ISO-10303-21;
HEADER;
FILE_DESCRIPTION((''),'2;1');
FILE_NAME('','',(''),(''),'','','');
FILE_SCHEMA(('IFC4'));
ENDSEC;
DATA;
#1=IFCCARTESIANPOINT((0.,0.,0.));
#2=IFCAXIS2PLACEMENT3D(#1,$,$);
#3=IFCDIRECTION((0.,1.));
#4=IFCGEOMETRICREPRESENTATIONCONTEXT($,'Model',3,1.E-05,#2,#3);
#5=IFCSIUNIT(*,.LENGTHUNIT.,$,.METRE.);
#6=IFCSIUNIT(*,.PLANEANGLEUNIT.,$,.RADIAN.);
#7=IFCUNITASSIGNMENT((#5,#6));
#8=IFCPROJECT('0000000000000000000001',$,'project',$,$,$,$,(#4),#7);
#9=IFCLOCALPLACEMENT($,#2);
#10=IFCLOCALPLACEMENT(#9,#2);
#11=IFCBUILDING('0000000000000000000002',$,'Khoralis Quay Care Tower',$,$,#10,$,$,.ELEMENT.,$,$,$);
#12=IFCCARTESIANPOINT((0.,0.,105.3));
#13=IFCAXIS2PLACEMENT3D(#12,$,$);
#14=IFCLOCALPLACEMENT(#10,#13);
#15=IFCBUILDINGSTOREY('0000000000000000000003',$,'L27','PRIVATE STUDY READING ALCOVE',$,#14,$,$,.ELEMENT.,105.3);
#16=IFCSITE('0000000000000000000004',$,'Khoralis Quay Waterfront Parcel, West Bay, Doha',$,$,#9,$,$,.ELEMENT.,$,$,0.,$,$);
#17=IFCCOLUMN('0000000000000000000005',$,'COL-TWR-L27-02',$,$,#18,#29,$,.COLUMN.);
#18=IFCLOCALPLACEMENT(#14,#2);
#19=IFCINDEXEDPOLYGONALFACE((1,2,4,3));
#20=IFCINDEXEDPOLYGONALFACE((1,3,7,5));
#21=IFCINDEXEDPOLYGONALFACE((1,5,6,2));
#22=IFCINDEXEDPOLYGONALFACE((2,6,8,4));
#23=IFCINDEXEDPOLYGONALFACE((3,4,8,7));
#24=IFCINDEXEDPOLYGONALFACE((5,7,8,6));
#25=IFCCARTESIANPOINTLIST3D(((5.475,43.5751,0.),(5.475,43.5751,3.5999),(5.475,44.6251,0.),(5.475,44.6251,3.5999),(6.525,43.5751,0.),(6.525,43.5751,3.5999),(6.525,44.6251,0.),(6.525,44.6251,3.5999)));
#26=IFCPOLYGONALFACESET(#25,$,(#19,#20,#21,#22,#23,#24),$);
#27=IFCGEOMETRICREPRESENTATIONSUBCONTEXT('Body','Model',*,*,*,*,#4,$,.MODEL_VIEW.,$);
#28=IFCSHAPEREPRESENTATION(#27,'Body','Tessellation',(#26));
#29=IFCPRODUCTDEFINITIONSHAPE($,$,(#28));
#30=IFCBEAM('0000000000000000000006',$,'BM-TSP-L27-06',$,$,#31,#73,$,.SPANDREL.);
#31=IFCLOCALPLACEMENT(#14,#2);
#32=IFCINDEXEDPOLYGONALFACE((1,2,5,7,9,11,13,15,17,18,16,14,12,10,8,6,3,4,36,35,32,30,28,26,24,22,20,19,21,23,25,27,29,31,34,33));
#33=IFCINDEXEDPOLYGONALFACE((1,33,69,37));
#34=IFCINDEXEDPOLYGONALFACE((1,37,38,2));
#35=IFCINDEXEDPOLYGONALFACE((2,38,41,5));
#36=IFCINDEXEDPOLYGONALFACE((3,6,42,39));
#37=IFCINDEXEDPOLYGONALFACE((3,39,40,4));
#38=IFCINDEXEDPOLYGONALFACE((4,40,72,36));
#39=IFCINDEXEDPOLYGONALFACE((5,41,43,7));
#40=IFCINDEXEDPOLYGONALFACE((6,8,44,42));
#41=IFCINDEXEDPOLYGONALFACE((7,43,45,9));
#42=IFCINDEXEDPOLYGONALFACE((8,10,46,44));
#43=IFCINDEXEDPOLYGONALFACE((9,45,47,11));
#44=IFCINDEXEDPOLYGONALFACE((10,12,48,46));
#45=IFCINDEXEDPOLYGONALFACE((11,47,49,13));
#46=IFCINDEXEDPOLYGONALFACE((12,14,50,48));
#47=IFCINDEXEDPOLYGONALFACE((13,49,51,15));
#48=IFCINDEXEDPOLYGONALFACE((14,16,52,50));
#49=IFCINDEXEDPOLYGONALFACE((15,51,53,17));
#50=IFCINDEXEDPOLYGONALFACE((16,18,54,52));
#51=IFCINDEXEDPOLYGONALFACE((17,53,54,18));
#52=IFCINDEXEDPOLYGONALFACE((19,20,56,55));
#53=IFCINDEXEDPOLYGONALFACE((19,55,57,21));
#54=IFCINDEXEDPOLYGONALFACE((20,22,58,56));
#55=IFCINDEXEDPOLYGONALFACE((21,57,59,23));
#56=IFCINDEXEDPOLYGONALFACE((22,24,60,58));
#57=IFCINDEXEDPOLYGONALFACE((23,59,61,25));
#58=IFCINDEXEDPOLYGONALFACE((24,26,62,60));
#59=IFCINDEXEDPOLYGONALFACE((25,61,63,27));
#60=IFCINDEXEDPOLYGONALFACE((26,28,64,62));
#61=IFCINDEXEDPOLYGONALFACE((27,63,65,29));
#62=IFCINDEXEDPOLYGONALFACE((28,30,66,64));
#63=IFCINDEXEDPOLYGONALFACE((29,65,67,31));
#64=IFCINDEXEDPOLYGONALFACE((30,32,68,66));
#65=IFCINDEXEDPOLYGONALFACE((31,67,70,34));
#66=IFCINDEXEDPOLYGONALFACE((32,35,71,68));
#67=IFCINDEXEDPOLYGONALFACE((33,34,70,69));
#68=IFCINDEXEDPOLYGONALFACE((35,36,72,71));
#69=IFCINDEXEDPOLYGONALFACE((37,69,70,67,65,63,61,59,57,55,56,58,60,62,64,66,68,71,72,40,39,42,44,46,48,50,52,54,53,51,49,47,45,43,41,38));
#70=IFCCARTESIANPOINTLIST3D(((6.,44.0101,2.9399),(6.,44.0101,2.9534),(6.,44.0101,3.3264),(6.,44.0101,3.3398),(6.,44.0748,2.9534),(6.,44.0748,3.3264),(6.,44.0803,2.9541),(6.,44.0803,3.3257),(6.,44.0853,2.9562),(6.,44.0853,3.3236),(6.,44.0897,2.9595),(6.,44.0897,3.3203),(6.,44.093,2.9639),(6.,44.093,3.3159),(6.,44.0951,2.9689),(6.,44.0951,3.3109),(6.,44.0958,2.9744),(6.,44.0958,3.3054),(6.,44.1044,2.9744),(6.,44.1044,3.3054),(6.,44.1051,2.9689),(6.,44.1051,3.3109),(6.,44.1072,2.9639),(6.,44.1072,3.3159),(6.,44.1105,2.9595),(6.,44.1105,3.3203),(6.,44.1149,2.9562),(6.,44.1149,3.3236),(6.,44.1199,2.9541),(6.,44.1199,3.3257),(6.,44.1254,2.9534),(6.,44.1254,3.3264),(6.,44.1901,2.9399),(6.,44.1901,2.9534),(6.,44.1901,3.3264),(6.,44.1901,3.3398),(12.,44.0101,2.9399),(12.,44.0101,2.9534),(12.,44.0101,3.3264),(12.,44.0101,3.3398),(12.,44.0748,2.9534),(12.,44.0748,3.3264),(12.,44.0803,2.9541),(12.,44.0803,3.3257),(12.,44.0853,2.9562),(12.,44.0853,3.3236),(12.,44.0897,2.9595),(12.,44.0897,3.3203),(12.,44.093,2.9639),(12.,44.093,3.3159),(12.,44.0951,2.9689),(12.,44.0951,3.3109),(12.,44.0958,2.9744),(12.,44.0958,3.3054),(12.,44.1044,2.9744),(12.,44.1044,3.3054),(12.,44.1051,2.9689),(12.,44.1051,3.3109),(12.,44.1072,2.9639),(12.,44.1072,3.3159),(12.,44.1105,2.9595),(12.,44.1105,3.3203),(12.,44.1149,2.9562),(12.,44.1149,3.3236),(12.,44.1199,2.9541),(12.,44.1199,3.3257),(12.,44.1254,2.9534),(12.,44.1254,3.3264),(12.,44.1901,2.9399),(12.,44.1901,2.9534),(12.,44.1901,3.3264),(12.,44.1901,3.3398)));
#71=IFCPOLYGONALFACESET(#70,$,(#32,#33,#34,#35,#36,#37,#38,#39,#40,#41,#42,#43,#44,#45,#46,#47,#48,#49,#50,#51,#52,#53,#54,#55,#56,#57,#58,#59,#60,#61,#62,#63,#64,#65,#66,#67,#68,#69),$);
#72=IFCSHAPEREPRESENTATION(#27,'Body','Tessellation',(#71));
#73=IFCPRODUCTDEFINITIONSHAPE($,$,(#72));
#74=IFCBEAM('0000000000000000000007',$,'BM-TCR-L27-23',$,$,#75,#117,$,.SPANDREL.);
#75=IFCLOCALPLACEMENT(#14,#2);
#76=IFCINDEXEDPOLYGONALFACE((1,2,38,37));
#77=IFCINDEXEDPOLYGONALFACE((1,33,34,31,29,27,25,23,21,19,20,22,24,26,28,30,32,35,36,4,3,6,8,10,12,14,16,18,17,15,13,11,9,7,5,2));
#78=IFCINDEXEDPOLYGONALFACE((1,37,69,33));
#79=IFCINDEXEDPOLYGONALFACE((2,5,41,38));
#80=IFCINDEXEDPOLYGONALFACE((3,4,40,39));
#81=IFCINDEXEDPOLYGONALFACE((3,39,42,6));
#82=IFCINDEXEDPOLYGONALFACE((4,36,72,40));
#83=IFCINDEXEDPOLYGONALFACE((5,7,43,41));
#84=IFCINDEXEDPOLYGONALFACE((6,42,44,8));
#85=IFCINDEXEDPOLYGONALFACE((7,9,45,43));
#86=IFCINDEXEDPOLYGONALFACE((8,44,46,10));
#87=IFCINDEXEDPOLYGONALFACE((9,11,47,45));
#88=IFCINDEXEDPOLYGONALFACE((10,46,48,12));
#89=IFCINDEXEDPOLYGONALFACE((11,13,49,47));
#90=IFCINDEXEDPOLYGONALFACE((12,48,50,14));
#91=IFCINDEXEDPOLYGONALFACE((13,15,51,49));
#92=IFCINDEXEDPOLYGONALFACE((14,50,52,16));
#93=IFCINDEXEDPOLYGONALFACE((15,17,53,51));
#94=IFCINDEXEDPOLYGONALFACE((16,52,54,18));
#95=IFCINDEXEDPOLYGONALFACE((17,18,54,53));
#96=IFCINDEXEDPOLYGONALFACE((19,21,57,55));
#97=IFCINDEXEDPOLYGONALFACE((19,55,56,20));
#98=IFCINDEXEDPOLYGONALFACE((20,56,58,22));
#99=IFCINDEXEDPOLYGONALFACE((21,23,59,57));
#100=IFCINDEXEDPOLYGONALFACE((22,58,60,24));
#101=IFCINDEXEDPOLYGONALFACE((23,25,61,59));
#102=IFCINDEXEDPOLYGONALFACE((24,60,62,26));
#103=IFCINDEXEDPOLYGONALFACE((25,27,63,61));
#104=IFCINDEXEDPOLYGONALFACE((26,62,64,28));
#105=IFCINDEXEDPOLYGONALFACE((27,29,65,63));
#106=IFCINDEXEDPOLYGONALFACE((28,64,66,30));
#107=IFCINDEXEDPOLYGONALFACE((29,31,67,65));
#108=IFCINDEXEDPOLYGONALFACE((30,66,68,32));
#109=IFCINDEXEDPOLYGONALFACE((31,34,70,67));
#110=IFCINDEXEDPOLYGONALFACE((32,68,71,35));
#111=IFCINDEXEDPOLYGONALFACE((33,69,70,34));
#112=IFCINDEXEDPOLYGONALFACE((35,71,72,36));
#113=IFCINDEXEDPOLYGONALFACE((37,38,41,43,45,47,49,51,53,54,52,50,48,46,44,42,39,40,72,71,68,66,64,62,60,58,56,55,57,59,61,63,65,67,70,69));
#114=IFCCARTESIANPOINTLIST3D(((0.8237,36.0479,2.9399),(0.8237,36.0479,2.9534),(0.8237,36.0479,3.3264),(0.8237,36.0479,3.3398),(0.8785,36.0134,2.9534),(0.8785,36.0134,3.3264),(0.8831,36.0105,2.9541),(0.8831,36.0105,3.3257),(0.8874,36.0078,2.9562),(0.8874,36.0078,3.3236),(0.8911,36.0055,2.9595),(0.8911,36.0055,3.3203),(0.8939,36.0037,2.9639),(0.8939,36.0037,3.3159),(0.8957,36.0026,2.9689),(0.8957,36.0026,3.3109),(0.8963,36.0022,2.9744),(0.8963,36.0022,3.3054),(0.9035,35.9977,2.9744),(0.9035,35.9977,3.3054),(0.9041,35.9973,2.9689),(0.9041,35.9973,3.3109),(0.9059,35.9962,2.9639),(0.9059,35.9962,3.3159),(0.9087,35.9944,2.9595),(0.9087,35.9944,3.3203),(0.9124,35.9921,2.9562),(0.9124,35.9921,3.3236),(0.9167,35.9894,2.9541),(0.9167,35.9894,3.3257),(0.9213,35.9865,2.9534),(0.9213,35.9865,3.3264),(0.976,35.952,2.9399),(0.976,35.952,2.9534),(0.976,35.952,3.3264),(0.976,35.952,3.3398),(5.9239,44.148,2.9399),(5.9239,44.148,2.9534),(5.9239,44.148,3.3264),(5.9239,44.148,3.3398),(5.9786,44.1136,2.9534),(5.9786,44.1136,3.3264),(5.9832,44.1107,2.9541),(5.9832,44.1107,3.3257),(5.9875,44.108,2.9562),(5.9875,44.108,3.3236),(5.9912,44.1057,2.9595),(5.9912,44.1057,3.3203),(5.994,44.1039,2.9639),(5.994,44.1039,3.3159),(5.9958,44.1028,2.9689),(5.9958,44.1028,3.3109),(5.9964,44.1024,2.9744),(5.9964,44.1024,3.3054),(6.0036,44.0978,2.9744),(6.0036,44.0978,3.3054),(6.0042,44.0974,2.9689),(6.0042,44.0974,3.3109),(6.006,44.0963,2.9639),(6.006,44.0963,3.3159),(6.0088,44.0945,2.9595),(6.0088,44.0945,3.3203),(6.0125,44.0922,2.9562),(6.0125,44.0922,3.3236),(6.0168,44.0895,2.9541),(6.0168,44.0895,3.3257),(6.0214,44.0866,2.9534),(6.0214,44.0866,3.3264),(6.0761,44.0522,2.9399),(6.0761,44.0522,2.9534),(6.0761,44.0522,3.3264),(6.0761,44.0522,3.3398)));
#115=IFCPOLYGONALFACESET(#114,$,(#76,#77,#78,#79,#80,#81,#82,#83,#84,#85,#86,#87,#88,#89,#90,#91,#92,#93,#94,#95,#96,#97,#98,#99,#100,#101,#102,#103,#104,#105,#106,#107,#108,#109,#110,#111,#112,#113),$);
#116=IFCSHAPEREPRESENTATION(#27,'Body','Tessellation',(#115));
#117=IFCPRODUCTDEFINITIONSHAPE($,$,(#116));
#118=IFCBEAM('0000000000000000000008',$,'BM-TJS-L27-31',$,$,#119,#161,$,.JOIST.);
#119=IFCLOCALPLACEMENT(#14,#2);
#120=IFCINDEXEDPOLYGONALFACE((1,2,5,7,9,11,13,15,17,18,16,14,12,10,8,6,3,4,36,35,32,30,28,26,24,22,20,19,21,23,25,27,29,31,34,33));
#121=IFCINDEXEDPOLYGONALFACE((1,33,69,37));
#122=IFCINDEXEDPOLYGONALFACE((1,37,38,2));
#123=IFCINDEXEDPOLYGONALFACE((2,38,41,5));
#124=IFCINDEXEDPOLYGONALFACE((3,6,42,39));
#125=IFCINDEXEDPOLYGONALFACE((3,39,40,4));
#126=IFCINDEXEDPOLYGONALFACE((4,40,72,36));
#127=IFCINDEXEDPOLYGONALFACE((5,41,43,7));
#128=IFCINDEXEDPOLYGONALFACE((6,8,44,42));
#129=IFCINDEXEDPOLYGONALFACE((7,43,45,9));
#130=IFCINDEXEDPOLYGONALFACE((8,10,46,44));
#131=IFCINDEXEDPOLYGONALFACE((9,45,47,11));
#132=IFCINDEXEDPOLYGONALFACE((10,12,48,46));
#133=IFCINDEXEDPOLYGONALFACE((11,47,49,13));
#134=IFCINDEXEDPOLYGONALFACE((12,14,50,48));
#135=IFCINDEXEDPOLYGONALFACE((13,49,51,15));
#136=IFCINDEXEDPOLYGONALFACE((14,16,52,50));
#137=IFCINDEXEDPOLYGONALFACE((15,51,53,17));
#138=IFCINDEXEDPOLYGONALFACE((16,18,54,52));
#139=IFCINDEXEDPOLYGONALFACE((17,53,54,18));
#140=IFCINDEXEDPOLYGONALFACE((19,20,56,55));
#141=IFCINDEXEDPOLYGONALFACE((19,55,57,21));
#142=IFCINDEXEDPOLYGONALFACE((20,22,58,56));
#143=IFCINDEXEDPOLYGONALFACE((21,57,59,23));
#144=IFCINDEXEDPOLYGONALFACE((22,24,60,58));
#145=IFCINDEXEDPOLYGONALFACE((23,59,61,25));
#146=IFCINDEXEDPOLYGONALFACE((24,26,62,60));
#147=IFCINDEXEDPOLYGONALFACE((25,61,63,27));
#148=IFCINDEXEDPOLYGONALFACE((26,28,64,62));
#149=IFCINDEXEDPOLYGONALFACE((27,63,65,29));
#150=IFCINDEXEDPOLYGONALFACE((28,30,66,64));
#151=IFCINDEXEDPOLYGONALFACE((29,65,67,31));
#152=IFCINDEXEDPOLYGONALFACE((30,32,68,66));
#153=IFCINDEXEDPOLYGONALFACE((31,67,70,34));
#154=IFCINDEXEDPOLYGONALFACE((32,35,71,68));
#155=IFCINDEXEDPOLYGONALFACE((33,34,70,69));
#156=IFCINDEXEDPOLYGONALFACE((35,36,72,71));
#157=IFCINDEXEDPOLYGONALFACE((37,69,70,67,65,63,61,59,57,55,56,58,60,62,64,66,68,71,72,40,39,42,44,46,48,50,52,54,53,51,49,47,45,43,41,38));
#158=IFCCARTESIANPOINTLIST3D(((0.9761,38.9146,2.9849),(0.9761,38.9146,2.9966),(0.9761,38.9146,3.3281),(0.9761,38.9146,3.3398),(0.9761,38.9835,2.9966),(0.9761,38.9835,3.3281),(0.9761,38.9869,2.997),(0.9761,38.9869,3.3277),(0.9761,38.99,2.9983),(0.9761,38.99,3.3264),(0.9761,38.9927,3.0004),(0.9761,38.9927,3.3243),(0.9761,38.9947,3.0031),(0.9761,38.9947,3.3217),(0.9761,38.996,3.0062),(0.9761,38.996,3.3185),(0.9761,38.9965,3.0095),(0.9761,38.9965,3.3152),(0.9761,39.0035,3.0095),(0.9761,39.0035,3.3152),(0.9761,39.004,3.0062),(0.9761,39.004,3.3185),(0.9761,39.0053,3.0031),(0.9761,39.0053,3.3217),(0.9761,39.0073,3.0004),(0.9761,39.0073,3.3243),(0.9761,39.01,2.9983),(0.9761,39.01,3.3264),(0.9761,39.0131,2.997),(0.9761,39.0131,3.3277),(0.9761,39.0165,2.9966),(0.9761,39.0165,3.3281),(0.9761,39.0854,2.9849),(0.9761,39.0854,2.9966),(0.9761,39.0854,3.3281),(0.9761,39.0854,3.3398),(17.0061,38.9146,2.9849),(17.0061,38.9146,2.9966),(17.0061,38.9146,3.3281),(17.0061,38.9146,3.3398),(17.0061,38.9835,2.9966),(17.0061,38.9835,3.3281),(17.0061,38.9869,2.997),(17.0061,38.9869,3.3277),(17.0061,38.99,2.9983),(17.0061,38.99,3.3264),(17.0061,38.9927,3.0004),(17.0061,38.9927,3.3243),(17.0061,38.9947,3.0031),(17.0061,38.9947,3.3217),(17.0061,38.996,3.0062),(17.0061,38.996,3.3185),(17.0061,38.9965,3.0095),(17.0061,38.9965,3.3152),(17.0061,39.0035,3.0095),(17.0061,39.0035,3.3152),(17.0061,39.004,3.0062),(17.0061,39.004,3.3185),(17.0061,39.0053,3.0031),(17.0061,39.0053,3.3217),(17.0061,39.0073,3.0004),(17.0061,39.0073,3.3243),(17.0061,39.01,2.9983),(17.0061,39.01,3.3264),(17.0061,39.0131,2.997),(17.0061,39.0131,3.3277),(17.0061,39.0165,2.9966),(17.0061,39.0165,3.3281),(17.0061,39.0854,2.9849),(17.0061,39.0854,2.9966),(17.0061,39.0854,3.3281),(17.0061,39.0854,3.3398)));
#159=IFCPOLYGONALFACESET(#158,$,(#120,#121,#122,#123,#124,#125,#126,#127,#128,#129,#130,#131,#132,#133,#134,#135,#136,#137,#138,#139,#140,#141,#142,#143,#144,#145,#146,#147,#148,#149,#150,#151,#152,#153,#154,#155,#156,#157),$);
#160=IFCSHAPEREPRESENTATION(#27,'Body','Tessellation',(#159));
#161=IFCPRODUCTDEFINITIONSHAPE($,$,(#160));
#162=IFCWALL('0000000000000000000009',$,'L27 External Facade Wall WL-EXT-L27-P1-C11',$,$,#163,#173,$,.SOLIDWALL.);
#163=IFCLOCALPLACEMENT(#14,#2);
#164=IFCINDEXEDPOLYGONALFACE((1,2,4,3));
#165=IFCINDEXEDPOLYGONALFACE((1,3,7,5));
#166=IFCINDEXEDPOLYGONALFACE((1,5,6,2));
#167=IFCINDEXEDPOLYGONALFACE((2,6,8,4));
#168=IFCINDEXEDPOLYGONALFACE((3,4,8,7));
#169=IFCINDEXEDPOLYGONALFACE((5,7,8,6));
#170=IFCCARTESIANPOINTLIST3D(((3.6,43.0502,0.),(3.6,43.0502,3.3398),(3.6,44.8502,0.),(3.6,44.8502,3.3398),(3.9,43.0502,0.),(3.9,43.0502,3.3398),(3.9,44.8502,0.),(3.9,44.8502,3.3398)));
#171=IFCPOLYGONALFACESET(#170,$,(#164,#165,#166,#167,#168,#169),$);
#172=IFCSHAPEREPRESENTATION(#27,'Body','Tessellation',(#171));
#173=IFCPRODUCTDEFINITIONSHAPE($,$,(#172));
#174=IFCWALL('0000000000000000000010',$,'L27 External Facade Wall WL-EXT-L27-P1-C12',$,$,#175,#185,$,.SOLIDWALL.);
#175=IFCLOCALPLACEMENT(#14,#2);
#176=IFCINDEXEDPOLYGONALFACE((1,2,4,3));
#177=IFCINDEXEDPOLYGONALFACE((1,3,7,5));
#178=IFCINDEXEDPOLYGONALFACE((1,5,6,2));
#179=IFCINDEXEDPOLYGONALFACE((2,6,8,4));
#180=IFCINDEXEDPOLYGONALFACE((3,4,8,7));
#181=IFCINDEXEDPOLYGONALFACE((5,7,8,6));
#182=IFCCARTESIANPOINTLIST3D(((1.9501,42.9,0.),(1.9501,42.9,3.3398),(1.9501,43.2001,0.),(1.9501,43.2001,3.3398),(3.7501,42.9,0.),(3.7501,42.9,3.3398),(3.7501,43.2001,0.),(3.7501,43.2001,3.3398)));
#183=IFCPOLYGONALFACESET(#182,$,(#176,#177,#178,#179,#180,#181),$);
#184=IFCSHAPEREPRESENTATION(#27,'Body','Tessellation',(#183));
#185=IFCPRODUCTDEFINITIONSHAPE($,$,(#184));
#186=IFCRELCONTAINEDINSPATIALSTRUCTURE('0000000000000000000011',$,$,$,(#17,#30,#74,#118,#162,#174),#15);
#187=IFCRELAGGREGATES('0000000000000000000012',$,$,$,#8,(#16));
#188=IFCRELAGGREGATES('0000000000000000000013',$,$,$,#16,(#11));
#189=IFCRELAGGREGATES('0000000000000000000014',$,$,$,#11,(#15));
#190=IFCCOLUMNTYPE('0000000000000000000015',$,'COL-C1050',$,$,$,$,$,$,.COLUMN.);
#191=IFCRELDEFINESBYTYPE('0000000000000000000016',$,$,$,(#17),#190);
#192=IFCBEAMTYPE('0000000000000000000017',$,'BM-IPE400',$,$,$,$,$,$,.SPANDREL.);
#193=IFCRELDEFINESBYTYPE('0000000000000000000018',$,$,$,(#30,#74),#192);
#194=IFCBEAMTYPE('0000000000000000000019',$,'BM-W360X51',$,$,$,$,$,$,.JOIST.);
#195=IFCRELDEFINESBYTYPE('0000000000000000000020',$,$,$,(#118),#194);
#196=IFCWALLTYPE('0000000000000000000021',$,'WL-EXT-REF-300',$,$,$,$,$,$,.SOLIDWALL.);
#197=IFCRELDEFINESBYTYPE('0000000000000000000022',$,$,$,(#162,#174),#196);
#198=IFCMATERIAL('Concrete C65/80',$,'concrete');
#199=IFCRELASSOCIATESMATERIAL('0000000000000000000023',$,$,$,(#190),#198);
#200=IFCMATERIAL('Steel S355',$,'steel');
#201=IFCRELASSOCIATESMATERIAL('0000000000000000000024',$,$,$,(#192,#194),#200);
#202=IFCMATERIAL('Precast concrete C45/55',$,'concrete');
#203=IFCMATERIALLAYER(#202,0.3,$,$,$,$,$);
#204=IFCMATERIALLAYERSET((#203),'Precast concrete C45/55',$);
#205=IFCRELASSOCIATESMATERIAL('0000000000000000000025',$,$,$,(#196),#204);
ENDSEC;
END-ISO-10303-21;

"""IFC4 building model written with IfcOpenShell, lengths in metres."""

from ifc_helpers import new_model, si_unit, direction, frame, frame_2d, origin, origin_2d, place, context, subcontext, project, spatial, rectangle, i_section, extrude, source, transform, mapped, material, layer, layer_set, material_profile, profile_set, type_object, element, save


model = new_model("IFC4")

# Units and contexts
model_context = context("Model", 3, precision=1e-05, world=origin(), true_north=direction((0.0, 1.0)))
body_context = subcontext(model_context, "Body", "Model", "MODEL_VIEW")
ifc_project = project(units=[si_unit("LENGTHUNIT", "METRE"), si_unit("PLANEANGLEUNIT", "RADIAN")], contexts=[model_context])

# Site, building, storey
site_placement = place(None, origin())
site = spatial("IfcSite", under=ifc_project, at=site_placement, Name="Khoralis Quay Waterfront Parcel, West Bay, Doha", CompositionType="ELEMENT", RefElevation=0.0)
building_placement = place(site_placement, origin())
building = spatial("IfcBuilding", under=site, at=building_placement, Name="Khoralis Quay Care Tower", CompositionType="ELEMENT")
storey_placement = place(building_placement, frame((0.0, 0.0, 105.3)))
storey = spatial("IfcBuildingStorey", under=building, at=storey_placement, Name="L27", Description="PRIVATE STUDY READING ALCOVE", CompositionType="ELEMENT", Elevation=105.3)

# Column
ifc_material_1 = material(Name="Concrete C65/80", Category="concrete")
ifc_material_profile_1 = material_profile(ifc_material_1, rectangle(XDim=1.05, YDim=1.05, at=origin_2d()), Name="Concrete C65/80")
ifc_profile_set_1 = profile_set([ifc_material_profile_1], Name="Concrete C65/80")
column_type = type_object("IfcColumnType", Name="COL-C1050", PredefinedType="COLUMN", material=ifc_profile_set_1)
shared_shape_1 = source(origin(), body_context, "Body", "SweptSolid", [
    extrude(rectangle(XDim=1.05, YDim=1.05, at=origin_2d()), origin(), (0.0, 0.0, 1.0), 3.5999),
])
column_placement = place(storey_placement, frame((6.0, 44.1001, 0.0), z_axis=(0.0, 0.0, 1.0), x_axis=(1.0, 0.0, 0.0)))
element("IfcColumn", 1, at=column_placement, inside=storey, type_object=column_type, Name="COL-TWR-L27-02", PredefinedType="COLUMN", context=body_context, shape_type="MappedRepresentation", body=[
    mapped(shared_shape_1, transform((0.0, 0.0, 0.0), scale=1.0)),
])

# Beams
ifc_material_2 = material(Name="Steel S355", Category="steel")
ifc_material_profile_2 = material_profile(ifc_material_2, i_section(OverallWidth=0.1799, OverallDepth=0.3999, WebThickness=0.0085, FlangeThickness=0.0134, FilletRadius=0.021, at=origin_2d()), Name="Steel S355")
ifc_profile_set_2 = profile_set([ifc_material_profile_2], Name="Steel S355")
beam_type_1 = type_object("IfcBeamType", Name="BM-IPE400", PredefinedType="SPANDREL", material=ifc_profile_set_2)
shared_shape_2 = source(origin(), body_context, "Body", "SweptSolid", [
    extrude(i_section(OverallWidth=0.1799, OverallDepth=0.3999, WebThickness=0.0085, FlangeThickness=0.0134, FilletRadius=0.021, at=origin_2d()), origin(), (0.0, 0.0, 1.0), 6.0),
])
beam_1_placement = place(storey_placement, frame((6.0, 44.1001, 3.1399), z_axis=(1.0, 0.0, 0.0), x_axis=(0.0, 1.0, 0.0)))
element("IfcBeam", 2, at=beam_1_placement, inside=storey, type_object=beam_type_1, Name="BM-TSP-L27-06", PredefinedType="SPANDREL", context=body_context, shape_type="MappedRepresentation", body=[
    mapped(shared_shape_2, transform((0.0, 0.0, 0.0), scale=1.0)),
])
shared_shape_3 = source(origin(), body_context, "Body", "SweptSolid", [
    extrude(i_section(OverallWidth=0.1799, OverallDepth=0.3999, WebThickness=0.0085, FlangeThickness=0.0134, FilletRadius=0.021, at=origin_2d()), origin(), (0.0, 0.0, 1.0), 9.572),
])
beam_2_placement = place(storey_placement, frame((6.0, 44.1001, 3.1399), z_axis=(-0.532816, -0.846231, 0.0), x_axis=(0.846231, -0.532816, 0.0)))
element("IfcBeam", 3, at=beam_2_placement, inside=storey, type_object=beam_type_1, Name="BM-TCR-L27-23", PredefinedType="SPANDREL", context=body_context, shape_type="MappedRepresentation", body=[
    mapped(shared_shape_3, transform((0.0, 0.0, 0.0), scale=1.0)),
])
ifc_material_profile_3 = material_profile(ifc_material_2, i_section(OverallWidth=0.1709, OverallDepth=0.355, WebThickness=0.0071, FlangeThickness=0.0117, FilletRadius=0.0129, at=origin_2d()), Name="Steel S355")
ifc_profile_set_3 = profile_set([ifc_material_profile_3], Name="Steel S355")
beam_type_2 = type_object("IfcBeamType", Name="BM-W360X51", PredefinedType="JOIST", material=ifc_profile_set_3)
shared_shape_4 = source(origin(), body_context, "Body", "SweptSolid", [
    extrude(i_section(OverallWidth=0.1709, OverallDepth=0.355, WebThickness=0.0071, FlangeThickness=0.0117, FilletRadius=0.0129, at=origin_2d()), origin(), (0.0, 0.0, 1.0), 16.03),
])
beam_3_placement = place(storey_placement, frame((0.9761, 39.0, 3.1624), z_axis=(1.0, 0.0, 0.0), x_axis=(0.0, 1.0, 0.0)))
element("IfcBeam", 4, at=beam_3_placement, inside=storey, type_object=beam_type_2, Name="BM-TJS-L27-31", PredefinedType="JOIST", context=body_context, shape_type="MappedRepresentation", body=[
    mapped(shared_shape_4, transform((0.0, 0.0, 0.0), scale=1.0)),
])

# Walls
ifc_material_3 = material(Name="Precast concrete C45/55", Category="concrete")
ifc_layer_1 = layer(ifc_material_3, 0.3)
ifc_layer_set_1 = layer_set([ifc_layer_1], Name="Precast concrete C45/55")
wall_type = type_object("IfcWallType", Name="WL-EXT-REF-300", PredefinedType="SOLIDWALL", material=ifc_layer_set_1)
for number, where, z_axis, x_axis, name in (
    (5, (3.75, 44.8501, 0.0), (0.0, 0.0, 1.0), (0.0, -1.0, 0.0), "L27 External Facade Wall WL-EXT-L27-P1-C11"),
    (6, (3.75, 43.05, 0.0), (0.0, 0.0, 1.0), (-1.0, 0.0, 0.0), "L27 External Facade Wall WL-EXT-L27-P1-C12"),
):
    element("IfcWall", number, at=place(storey_placement, frame(where, z_axis=z_axis, x_axis=x_axis)), inside=storey, type_object=wall_type, Name=name, PredefinedType="SOLIDWALL", context=body_context, shape_type="SweptSolid", body=[
        extrude(rectangle(XDim=1.8, YDim=0.3, at=frame_2d((0.8999, 0.0))), origin(), (0.0, 0.0, 1.0), 3.3398),
    ])

save(model, "model.ifc")
